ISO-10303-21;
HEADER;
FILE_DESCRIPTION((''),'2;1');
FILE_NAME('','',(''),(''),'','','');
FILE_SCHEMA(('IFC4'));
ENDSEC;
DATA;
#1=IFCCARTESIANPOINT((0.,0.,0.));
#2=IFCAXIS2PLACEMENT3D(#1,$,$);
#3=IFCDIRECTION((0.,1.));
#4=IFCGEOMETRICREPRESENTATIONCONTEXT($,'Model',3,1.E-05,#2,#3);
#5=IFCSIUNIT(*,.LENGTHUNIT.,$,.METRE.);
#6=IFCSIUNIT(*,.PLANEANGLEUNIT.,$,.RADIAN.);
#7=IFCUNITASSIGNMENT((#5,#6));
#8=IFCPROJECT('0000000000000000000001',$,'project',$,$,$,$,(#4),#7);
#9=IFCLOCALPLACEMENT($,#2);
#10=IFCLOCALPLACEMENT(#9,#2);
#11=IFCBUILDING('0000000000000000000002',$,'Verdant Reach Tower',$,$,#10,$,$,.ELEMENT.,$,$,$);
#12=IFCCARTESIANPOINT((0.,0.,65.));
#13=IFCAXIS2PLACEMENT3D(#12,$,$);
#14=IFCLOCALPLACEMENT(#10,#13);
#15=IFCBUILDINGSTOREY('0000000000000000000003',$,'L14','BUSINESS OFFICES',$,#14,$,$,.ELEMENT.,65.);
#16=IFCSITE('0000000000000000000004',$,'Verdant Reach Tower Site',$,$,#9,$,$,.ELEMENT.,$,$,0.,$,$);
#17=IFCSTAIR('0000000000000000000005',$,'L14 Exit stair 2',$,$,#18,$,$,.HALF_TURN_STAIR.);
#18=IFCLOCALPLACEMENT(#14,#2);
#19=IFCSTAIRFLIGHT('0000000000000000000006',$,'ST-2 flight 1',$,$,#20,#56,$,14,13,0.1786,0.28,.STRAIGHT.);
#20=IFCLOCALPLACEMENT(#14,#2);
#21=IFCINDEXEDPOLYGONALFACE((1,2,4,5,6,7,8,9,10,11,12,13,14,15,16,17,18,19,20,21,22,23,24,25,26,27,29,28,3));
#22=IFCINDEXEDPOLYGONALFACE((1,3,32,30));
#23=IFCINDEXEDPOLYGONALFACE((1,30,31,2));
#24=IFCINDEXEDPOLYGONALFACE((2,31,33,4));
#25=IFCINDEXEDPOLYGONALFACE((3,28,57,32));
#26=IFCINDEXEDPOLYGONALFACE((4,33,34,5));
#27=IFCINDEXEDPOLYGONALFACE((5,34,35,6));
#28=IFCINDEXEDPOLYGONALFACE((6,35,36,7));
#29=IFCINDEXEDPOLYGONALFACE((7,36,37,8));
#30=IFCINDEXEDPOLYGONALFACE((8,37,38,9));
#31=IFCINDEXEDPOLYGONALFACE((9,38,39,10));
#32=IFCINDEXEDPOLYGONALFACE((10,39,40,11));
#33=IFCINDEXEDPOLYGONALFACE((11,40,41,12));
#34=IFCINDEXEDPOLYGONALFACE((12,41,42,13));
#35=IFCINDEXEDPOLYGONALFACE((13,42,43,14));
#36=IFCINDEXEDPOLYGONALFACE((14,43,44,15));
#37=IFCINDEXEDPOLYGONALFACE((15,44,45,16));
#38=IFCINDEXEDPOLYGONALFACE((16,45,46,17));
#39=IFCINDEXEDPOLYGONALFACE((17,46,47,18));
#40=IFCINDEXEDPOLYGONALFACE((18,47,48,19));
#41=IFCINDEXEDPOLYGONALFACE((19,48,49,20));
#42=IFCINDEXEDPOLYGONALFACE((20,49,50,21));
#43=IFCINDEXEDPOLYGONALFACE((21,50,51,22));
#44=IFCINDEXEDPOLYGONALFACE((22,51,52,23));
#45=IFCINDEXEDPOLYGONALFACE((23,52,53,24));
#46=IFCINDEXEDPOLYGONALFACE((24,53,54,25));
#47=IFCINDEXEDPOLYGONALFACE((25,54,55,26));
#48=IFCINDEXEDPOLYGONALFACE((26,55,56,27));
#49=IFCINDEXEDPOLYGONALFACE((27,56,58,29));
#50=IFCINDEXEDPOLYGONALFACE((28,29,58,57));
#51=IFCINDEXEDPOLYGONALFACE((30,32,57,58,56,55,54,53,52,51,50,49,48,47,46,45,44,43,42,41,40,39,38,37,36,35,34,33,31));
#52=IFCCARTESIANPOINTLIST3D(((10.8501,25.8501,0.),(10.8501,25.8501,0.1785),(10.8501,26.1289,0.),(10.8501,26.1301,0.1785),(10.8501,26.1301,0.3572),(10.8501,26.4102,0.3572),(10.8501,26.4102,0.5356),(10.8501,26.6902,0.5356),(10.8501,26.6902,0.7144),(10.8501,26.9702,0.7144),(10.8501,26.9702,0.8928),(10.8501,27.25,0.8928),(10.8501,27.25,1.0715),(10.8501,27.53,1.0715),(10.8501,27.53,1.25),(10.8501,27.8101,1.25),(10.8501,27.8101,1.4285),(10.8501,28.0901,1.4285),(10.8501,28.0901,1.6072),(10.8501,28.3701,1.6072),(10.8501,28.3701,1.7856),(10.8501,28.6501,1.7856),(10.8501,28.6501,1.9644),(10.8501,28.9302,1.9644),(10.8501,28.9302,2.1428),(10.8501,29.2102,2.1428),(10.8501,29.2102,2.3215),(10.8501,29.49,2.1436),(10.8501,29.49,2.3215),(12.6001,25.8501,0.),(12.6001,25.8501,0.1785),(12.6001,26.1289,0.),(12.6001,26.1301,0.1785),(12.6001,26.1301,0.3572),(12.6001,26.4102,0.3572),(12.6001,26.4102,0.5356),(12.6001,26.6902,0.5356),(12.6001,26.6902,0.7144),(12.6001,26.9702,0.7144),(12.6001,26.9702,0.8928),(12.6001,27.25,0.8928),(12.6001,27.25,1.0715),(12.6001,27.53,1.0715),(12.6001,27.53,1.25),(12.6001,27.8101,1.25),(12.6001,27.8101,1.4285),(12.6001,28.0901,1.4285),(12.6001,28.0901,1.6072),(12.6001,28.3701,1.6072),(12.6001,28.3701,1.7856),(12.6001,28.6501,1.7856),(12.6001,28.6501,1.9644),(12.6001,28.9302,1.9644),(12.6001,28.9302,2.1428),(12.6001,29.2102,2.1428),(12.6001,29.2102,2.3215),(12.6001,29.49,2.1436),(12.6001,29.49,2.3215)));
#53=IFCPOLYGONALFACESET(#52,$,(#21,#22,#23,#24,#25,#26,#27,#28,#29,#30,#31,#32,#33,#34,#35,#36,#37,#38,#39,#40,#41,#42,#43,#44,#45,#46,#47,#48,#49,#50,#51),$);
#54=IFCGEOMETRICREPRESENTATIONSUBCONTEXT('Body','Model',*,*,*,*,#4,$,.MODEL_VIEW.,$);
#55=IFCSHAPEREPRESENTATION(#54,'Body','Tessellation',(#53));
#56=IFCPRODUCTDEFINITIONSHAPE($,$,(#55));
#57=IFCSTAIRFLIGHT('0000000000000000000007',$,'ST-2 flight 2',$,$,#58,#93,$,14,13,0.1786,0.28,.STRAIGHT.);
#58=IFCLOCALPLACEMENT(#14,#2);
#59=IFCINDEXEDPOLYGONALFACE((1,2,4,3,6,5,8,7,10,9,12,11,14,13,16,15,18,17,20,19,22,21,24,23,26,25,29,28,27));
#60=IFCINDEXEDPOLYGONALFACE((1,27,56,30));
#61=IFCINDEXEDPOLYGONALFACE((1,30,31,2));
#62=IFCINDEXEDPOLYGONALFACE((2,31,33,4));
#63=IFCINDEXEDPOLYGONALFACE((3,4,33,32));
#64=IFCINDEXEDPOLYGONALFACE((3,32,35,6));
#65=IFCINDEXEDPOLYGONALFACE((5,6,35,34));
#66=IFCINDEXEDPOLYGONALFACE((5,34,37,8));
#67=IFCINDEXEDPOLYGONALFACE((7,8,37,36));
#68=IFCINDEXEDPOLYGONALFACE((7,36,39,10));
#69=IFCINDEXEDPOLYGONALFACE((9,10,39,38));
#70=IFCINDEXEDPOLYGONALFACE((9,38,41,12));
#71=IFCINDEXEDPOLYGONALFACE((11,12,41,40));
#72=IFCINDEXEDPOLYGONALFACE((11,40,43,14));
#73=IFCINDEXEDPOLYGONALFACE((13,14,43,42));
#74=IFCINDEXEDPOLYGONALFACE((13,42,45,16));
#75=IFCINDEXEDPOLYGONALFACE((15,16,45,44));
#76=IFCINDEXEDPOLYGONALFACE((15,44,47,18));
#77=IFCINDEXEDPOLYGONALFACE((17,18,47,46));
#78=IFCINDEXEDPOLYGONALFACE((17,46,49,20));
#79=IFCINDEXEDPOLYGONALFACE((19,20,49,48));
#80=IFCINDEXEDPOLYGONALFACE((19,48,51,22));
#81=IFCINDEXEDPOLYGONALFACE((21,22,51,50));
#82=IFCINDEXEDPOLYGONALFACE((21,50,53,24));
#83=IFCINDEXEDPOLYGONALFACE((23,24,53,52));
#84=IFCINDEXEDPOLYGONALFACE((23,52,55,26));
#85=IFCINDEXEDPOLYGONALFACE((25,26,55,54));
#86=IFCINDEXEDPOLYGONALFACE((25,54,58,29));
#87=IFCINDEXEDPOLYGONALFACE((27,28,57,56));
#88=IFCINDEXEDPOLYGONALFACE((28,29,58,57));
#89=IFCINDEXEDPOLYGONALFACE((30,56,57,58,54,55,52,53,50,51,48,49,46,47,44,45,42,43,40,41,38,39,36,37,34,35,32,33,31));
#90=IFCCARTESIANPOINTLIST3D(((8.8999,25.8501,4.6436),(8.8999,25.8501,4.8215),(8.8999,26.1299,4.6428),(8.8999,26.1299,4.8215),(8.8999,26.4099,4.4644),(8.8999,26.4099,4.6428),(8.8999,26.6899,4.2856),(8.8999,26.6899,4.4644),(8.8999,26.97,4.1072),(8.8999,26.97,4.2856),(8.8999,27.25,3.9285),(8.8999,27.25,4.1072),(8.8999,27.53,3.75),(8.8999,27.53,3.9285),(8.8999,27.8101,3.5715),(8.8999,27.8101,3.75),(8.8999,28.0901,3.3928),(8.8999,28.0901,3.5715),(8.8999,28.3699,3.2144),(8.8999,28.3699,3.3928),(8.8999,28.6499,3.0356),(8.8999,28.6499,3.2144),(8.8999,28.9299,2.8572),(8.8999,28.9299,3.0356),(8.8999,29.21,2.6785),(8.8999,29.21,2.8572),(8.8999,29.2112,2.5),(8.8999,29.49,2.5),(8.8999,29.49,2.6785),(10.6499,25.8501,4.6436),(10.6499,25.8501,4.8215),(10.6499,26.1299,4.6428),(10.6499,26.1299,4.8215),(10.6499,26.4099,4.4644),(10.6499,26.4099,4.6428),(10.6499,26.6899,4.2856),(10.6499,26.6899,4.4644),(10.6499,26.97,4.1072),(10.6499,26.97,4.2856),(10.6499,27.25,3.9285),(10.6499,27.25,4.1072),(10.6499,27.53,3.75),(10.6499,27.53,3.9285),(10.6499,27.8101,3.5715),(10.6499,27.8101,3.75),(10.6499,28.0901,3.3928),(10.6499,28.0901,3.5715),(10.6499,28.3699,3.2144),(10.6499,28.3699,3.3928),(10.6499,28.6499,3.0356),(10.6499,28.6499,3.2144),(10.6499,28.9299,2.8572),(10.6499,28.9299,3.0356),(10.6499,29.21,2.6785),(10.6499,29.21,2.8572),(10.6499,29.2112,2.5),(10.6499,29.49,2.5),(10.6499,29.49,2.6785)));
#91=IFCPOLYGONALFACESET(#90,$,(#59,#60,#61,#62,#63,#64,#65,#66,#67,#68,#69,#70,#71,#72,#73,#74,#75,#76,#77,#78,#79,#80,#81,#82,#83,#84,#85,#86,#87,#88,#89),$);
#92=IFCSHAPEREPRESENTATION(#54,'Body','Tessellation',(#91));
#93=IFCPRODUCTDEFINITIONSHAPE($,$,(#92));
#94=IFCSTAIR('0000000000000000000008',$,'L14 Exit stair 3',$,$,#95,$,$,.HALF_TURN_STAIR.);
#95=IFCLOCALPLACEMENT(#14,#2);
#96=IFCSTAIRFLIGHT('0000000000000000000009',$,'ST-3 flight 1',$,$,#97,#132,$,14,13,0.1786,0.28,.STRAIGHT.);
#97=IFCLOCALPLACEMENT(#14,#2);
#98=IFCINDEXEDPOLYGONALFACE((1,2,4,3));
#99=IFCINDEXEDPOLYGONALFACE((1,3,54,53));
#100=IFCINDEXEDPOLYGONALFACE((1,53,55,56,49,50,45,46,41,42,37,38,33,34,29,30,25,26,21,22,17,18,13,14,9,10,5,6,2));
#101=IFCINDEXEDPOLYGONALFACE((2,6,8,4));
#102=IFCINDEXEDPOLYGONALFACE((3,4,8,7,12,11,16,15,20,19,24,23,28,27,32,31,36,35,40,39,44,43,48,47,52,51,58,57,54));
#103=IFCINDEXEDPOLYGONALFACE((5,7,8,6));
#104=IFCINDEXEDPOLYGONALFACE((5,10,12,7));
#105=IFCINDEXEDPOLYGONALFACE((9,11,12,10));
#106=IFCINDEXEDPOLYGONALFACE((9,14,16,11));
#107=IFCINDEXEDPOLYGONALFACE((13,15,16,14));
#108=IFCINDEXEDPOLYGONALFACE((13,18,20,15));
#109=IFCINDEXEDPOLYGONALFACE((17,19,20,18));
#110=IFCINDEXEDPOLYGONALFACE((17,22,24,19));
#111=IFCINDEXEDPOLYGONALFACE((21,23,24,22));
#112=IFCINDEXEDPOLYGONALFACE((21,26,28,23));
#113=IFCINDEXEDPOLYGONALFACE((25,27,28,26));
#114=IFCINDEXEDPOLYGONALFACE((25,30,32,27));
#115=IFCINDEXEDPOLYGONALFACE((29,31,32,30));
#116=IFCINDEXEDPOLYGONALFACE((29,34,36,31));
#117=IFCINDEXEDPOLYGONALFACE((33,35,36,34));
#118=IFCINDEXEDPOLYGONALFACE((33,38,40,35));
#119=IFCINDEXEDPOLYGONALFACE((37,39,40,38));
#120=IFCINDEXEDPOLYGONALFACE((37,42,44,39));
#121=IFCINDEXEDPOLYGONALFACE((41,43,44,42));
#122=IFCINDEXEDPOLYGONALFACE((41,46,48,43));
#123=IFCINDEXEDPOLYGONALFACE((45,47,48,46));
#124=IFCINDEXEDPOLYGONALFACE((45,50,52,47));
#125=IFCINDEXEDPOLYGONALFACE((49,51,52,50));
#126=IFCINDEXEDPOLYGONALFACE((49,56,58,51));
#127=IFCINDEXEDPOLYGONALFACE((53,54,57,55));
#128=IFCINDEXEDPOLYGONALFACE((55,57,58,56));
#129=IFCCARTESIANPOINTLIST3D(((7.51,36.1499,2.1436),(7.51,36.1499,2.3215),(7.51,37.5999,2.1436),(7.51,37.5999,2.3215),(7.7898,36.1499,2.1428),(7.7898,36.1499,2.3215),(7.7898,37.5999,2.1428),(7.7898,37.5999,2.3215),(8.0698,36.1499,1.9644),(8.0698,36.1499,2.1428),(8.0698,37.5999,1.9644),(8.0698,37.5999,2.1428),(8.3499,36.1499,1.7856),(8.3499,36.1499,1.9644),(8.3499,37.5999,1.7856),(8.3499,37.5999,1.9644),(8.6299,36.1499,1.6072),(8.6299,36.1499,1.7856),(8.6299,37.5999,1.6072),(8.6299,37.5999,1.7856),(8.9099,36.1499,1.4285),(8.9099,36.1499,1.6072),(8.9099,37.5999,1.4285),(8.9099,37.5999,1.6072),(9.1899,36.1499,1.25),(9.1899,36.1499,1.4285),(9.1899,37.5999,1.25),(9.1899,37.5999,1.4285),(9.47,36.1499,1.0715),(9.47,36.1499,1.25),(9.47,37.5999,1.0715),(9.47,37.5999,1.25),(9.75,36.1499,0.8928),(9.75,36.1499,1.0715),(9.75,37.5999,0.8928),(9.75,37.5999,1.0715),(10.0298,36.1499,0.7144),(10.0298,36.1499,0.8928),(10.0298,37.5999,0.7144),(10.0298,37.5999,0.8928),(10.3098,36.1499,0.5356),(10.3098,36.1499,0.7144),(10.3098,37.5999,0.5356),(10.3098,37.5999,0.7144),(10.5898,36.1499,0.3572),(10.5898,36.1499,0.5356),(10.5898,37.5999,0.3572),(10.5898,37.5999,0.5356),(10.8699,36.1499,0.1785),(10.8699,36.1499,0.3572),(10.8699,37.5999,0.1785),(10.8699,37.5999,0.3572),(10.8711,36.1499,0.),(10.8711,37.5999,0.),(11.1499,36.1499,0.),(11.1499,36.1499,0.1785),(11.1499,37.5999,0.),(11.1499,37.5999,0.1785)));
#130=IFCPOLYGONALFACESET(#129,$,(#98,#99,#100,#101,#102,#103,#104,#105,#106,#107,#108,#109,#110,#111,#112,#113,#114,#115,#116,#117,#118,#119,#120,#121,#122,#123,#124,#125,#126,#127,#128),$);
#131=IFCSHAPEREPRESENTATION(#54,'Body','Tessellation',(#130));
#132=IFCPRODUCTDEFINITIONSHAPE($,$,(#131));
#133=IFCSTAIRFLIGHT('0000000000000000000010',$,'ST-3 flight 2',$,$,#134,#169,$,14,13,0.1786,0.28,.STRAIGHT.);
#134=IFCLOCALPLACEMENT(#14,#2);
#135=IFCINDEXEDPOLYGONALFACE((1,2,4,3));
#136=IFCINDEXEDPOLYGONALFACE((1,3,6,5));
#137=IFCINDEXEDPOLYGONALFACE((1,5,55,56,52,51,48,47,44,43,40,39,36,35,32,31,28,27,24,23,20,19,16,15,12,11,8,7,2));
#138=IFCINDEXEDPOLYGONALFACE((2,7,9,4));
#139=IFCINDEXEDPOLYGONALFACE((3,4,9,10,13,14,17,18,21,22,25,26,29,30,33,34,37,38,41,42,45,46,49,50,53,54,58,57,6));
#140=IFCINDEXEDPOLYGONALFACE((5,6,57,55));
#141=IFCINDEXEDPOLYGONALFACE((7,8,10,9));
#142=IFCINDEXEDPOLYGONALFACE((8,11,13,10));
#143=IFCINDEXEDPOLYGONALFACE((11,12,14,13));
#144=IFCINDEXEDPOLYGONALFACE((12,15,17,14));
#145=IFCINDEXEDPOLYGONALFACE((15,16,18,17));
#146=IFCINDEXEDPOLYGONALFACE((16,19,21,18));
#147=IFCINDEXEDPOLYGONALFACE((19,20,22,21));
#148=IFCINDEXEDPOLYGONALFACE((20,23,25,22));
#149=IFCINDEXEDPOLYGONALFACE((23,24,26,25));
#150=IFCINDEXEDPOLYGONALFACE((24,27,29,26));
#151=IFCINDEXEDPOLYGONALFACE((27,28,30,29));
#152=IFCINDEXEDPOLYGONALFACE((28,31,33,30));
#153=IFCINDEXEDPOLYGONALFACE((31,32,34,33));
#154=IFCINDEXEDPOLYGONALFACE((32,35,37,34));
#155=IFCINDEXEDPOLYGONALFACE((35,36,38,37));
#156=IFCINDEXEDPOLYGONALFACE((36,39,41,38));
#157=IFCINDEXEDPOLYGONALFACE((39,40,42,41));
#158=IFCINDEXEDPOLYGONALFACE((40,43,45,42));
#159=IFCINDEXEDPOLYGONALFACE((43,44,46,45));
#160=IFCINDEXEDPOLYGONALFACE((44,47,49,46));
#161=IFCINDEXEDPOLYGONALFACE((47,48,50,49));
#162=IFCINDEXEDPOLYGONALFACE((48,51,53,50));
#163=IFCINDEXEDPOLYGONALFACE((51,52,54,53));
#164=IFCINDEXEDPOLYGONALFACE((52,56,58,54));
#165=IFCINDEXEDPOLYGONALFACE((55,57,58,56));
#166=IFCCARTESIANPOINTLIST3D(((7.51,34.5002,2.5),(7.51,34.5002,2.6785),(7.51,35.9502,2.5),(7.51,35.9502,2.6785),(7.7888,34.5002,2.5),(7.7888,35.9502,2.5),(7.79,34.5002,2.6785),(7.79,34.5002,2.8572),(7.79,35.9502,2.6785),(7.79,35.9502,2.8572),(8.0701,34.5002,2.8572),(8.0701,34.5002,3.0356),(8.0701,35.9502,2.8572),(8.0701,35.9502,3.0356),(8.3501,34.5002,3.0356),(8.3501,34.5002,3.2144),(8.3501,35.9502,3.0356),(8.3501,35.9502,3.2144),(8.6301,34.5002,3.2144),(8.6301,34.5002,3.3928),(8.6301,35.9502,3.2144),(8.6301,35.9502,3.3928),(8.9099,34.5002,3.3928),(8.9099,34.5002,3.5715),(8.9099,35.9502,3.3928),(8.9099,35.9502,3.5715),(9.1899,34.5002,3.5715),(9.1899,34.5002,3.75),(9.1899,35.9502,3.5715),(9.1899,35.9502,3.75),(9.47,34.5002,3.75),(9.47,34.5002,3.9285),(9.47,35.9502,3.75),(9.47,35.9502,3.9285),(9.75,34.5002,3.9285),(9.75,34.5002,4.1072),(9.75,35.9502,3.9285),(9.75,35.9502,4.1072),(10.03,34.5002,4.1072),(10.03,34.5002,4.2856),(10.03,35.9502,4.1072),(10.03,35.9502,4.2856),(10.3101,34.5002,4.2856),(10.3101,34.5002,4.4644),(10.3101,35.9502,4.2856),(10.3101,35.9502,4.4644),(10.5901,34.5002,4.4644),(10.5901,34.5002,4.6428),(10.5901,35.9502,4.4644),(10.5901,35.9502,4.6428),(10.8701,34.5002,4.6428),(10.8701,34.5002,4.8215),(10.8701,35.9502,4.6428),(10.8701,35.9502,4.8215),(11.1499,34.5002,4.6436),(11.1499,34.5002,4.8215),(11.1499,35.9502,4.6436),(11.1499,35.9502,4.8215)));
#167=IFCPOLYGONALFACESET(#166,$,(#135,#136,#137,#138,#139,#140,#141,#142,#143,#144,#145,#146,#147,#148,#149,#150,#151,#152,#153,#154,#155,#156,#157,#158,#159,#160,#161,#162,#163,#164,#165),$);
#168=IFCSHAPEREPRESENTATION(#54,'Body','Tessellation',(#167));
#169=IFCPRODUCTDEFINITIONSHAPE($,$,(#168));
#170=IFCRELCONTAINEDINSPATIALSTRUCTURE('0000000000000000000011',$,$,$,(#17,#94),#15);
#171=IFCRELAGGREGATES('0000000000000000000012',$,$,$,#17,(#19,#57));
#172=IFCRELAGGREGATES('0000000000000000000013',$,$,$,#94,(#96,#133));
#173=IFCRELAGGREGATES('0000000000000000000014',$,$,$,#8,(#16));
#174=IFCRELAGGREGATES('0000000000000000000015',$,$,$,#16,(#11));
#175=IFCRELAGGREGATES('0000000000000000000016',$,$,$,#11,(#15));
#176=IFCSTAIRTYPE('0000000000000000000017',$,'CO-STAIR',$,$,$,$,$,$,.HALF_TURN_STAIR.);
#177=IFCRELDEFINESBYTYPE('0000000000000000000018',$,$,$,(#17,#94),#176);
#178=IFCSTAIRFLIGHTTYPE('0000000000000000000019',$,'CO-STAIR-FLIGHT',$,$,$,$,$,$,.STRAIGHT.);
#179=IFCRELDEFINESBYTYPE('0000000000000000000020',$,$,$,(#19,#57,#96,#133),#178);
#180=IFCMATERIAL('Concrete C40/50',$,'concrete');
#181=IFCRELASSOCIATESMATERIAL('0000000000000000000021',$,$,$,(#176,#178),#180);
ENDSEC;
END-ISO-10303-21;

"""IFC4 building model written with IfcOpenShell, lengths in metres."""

from ifc_helpers import new_model, si_unit, direction, frame, origin, place, context, subcontext, project, spatial, polyline, outline, extrude, material, type_object, element, aggregate, save


model = new_model("IFC4")

# Units and contexts
model_context = context("Model", 3, precision=1e-05, world=origin(), true_north=direction((0.0, 1.0)))
body_context = subcontext(model_context, "Body", "Model", "MODEL_VIEW")
ifc_project = project(units=[si_unit("LENGTHUNIT", "METRE"), si_unit("PLANEANGLEUNIT", "RADIAN")], contexts=[model_context])

# Site, building, storey
site_placement = place(None, origin())
site = spatial("IfcSite", under=ifc_project, at=site_placement, Name="Verdant Reach Tower Site", CompositionType="ELEMENT", RefElevation=0.0)
building_placement = place(site_placement, origin())
building = spatial("IfcBuilding", under=site, at=building_placement, Name="Verdant Reach Tower", CompositionType="ELEMENT")
storey_placement = place(building_placement, frame((0.0, 0.0, 65.0)))
storey = spatial("IfcBuildingStorey", under=building, at=storey_placement, Name="L14", Description="BUSINESS OFFICES", CompositionType="ELEMENT", Elevation=65.0)

# Shared definitions
ifc_material_1 = material(Name="Concrete C40/50", Category="concrete")

# Stairs, stair flights
stair_type = type_object("IfcStairType", Name="CO-STAIR", PredefinedType="HALF_TURN_STAIR", material=ifc_material_1)
stair_1_placement = place(storey_placement, origin())
stair_1 = element("IfcStair", 1, at=stair_1_placement, inside=storey, type_object=stair_type, Name="L14 Exit stair 2", PredefinedType="HALF_TURN_STAIR")
stair_flight_type = type_object("IfcStairFlightType", Name="CO-STAIR-FLIGHT", PredefinedType="STRAIGHT", material=ifc_material_1)
stair_flight_1_placement = place(storey_placement, frame((11.7251, 25.8501, 0.0), z_axis=(0.0, 0.0, 1.0), x_axis=(0.0, 1.0, 0.0)))
stair_flight_1 = element("IfcStairFlight", 2, at=stair_flight_1_placement, type_object=stair_flight_type, Name="ST-2 flight 1", NumberOfRisers=14, NumberOfTreads=13, PredefinedType="STRAIGHT", RiserHeight=0.1786, TreadLength=0.28, context=body_context, shape_type="SweptSolid", body=[
    extrude(outline(polyline([(0.0, 0.0), (0.0, 0.1785), (0.28, 0.1785), (0.28, 0.3572), (0.5601, 0.3572), (0.5601, 0.5356), (0.8401, 0.5356), (0.8401, 0.7144), (1.1201, 0.7144), (1.1201, 0.8928), (1.3999, 0.8928), (1.3999, 1.0715), (1.6799, 1.0715), (1.6799, 1.25), (1.96, 1.25), (1.96, 1.4285), (2.24, 1.4285), (2.24, 1.6072), (2.52, 1.6072), (2.52, 1.7856), (2.8, 1.7856), (2.8, 1.9644), (3.0801, 1.9644), (3.0801, 2.1428), (3.3601, 2.1428), (3.3601, 2.3215), (3.6399, 2.3215), (3.6399, 2.5), (3.6399, 2.1436), (0.2788, 0.0), (0.0, 0.0)])), frame((0.0, 0.875, 0.0), z_axis=(0.0, -1.0, 0.0), x_axis=(1.0, 0.0, 0.0)), (0.0, 0.0, 1.0), 1.75),
])
stair_flight_2_placement = place(storey_placement, frame((9.7749, 29.49, 2.5), z_axis=(0.0, 0.0, 1.0), x_axis=(0.0, -1.0, 0.0)))
stair_flight_2 = element("IfcStairFlight", 3, at=stair_flight_2_placement, type_object=stair_flight_type, Name="ST-2 flight 2", NumberOfRisers=14, NumberOfTreads=13, PredefinedType="STRAIGHT", RiserHeight=0.1786, TreadLength=0.28, context=body_context, shape_type="SweptSolid", body=[
    extrude(outline(polyline([(0.0, 0.0), (0.0, 0.1785), (0.28, 0.1785), (0.28, 0.3572), (0.5601, 0.3572), (0.5601, 0.5356), (0.8401, 0.5356), (0.8401, 0.7144), (1.1201, 0.7144), (1.1201, 0.8928), (1.3999, 0.8928), (1.3999, 1.0715), (1.6799, 1.0715), (1.6799, 1.25), (1.96, 1.25), (1.96, 1.4285), (2.24, 1.4285), (2.24, 1.6072), (2.52, 1.6072), (2.52, 1.7856), (2.8, 1.7856), (2.8, 1.9644), (3.0801, 1.9644), (3.0801, 2.1428), (3.3601, 2.1428), (3.3601, 2.3215), (3.6399, 2.3215), (3.6399, 2.5), (3.6399, 2.1436), (0.2788, 0.0), (0.0, 0.0)])), frame((0.0, 0.875, 0.0), z_axis=(0.0, -1.0, 0.0), x_axis=(1.0, 0.0, 0.0)), (0.0, 0.0, 1.0), 1.75),
])
aggregate(stair_1, [stair_flight_1, stair_flight_2])
stair_2_placement = place(storey_placement, origin())
stair_2 = element("IfcStair", 4, at=stair_2_placement, inside=storey, type_object=stair_type, Name="L14 Exit stair 3", PredefinedType="HALF_TURN_STAIR")
stair_flight_3_placement = place(storey_placement, frame((11.1499, 36.875, 0.0), z_axis=(0.0, 0.0, 1.0), x_axis=(-1.0, 0.0, 0.0)))
stair_flight_3 = element("IfcStairFlight", 5, at=stair_flight_3_placement, type_object=stair_flight_type, Name="ST-3 flight 1", NumberOfRisers=14, NumberOfTreads=13, PredefinedType="STRAIGHT", RiserHeight=0.1786, TreadLength=0.28, context=body_context, shape_type="SweptSolid", body=[
    extrude(outline(polyline([(0.0, 0.0), (0.0, 0.1785), (0.28, 0.1785), (0.28, 0.3572), (0.5601, 0.3572), (0.5601, 0.5356), (0.8401, 0.5356), (0.8401, 0.7144), (1.1201, 0.7144), (1.1201, 0.8928), (1.3999, 0.8928), (1.3999, 1.0715), (1.6799, 1.0715), (1.6799, 1.25), (1.96, 1.25), (1.96, 1.4285), (2.24, 1.4285), (2.24, 1.6072), (2.52, 1.6072), (2.52, 1.7856), (2.8, 1.7856), (2.8, 1.9644), (3.0801, 1.9644), (3.0801, 2.1428), (3.3601, 2.1428), (3.3601, 2.3215), (3.6399, 2.3215), (3.6399, 2.5), (3.6399, 2.1436), (0.2788, 0.0), (0.0, 0.0)])), frame((0.0, 0.7251, 0.0), z_axis=(0.0, -1.0, 0.0), x_axis=(1.0, 0.0, 0.0)), (0.0, 0.0, 1.0), 1.45),
])
stair_flight_4_placement = place(storey_placement, frame((7.51, 35.2251, 2.5), z_axis=(0.0, 0.0, 1.0), x_axis=(1.0, 0.0, 0.0)))
stair_flight_4 = element("IfcStairFlight", 6, at=stair_flight_4_placement, type_object=stair_flight_type, Name="ST-3 flight 2", NumberOfRisers=14, NumberOfTreads=13, PredefinedType="STRAIGHT", RiserHeight=0.1786, TreadLength=0.28, context=body_context, shape_type="SweptSolid", body=[
    extrude(outline(polyline([(0.0, 0.0), (0.0, 0.1785), (0.28, 0.1785), (0.28, 0.3572), (0.5601, 0.3572), (0.5601, 0.5356), (0.8401, 0.5356), (0.8401, 0.7144), (1.1201, 0.7144), (1.1201, 0.8928), (1.3999, 0.8928), (1.3999, 1.0715), (1.6799, 1.0715), (1.6799, 1.25), (1.96, 1.25), (1.96, 1.4285), (2.24, 1.4285), (2.24, 1.6072), (2.52, 1.6072), (2.52, 1.7856), (2.8, 1.7856), (2.8, 1.9644), (3.0801, 1.9644), (3.0801, 2.1428), (3.3601, 2.1428), (3.3601, 2.3215), (3.6399, 2.3215), (3.6399, 2.5), (3.6399, 2.1436), (0.2788, 0.0), (0.0, 0.0)])), frame((0.0, 0.7251, 0.0), z_axis=(0.0, -1.0, 0.0), x_axis=(1.0, 0.0, 0.0)), (0.0, 0.0, 1.0), 1.45),
])
aggregate(stair_2, [stair_flight_3, stair_flight_4])

save(model, "model.ifc")
